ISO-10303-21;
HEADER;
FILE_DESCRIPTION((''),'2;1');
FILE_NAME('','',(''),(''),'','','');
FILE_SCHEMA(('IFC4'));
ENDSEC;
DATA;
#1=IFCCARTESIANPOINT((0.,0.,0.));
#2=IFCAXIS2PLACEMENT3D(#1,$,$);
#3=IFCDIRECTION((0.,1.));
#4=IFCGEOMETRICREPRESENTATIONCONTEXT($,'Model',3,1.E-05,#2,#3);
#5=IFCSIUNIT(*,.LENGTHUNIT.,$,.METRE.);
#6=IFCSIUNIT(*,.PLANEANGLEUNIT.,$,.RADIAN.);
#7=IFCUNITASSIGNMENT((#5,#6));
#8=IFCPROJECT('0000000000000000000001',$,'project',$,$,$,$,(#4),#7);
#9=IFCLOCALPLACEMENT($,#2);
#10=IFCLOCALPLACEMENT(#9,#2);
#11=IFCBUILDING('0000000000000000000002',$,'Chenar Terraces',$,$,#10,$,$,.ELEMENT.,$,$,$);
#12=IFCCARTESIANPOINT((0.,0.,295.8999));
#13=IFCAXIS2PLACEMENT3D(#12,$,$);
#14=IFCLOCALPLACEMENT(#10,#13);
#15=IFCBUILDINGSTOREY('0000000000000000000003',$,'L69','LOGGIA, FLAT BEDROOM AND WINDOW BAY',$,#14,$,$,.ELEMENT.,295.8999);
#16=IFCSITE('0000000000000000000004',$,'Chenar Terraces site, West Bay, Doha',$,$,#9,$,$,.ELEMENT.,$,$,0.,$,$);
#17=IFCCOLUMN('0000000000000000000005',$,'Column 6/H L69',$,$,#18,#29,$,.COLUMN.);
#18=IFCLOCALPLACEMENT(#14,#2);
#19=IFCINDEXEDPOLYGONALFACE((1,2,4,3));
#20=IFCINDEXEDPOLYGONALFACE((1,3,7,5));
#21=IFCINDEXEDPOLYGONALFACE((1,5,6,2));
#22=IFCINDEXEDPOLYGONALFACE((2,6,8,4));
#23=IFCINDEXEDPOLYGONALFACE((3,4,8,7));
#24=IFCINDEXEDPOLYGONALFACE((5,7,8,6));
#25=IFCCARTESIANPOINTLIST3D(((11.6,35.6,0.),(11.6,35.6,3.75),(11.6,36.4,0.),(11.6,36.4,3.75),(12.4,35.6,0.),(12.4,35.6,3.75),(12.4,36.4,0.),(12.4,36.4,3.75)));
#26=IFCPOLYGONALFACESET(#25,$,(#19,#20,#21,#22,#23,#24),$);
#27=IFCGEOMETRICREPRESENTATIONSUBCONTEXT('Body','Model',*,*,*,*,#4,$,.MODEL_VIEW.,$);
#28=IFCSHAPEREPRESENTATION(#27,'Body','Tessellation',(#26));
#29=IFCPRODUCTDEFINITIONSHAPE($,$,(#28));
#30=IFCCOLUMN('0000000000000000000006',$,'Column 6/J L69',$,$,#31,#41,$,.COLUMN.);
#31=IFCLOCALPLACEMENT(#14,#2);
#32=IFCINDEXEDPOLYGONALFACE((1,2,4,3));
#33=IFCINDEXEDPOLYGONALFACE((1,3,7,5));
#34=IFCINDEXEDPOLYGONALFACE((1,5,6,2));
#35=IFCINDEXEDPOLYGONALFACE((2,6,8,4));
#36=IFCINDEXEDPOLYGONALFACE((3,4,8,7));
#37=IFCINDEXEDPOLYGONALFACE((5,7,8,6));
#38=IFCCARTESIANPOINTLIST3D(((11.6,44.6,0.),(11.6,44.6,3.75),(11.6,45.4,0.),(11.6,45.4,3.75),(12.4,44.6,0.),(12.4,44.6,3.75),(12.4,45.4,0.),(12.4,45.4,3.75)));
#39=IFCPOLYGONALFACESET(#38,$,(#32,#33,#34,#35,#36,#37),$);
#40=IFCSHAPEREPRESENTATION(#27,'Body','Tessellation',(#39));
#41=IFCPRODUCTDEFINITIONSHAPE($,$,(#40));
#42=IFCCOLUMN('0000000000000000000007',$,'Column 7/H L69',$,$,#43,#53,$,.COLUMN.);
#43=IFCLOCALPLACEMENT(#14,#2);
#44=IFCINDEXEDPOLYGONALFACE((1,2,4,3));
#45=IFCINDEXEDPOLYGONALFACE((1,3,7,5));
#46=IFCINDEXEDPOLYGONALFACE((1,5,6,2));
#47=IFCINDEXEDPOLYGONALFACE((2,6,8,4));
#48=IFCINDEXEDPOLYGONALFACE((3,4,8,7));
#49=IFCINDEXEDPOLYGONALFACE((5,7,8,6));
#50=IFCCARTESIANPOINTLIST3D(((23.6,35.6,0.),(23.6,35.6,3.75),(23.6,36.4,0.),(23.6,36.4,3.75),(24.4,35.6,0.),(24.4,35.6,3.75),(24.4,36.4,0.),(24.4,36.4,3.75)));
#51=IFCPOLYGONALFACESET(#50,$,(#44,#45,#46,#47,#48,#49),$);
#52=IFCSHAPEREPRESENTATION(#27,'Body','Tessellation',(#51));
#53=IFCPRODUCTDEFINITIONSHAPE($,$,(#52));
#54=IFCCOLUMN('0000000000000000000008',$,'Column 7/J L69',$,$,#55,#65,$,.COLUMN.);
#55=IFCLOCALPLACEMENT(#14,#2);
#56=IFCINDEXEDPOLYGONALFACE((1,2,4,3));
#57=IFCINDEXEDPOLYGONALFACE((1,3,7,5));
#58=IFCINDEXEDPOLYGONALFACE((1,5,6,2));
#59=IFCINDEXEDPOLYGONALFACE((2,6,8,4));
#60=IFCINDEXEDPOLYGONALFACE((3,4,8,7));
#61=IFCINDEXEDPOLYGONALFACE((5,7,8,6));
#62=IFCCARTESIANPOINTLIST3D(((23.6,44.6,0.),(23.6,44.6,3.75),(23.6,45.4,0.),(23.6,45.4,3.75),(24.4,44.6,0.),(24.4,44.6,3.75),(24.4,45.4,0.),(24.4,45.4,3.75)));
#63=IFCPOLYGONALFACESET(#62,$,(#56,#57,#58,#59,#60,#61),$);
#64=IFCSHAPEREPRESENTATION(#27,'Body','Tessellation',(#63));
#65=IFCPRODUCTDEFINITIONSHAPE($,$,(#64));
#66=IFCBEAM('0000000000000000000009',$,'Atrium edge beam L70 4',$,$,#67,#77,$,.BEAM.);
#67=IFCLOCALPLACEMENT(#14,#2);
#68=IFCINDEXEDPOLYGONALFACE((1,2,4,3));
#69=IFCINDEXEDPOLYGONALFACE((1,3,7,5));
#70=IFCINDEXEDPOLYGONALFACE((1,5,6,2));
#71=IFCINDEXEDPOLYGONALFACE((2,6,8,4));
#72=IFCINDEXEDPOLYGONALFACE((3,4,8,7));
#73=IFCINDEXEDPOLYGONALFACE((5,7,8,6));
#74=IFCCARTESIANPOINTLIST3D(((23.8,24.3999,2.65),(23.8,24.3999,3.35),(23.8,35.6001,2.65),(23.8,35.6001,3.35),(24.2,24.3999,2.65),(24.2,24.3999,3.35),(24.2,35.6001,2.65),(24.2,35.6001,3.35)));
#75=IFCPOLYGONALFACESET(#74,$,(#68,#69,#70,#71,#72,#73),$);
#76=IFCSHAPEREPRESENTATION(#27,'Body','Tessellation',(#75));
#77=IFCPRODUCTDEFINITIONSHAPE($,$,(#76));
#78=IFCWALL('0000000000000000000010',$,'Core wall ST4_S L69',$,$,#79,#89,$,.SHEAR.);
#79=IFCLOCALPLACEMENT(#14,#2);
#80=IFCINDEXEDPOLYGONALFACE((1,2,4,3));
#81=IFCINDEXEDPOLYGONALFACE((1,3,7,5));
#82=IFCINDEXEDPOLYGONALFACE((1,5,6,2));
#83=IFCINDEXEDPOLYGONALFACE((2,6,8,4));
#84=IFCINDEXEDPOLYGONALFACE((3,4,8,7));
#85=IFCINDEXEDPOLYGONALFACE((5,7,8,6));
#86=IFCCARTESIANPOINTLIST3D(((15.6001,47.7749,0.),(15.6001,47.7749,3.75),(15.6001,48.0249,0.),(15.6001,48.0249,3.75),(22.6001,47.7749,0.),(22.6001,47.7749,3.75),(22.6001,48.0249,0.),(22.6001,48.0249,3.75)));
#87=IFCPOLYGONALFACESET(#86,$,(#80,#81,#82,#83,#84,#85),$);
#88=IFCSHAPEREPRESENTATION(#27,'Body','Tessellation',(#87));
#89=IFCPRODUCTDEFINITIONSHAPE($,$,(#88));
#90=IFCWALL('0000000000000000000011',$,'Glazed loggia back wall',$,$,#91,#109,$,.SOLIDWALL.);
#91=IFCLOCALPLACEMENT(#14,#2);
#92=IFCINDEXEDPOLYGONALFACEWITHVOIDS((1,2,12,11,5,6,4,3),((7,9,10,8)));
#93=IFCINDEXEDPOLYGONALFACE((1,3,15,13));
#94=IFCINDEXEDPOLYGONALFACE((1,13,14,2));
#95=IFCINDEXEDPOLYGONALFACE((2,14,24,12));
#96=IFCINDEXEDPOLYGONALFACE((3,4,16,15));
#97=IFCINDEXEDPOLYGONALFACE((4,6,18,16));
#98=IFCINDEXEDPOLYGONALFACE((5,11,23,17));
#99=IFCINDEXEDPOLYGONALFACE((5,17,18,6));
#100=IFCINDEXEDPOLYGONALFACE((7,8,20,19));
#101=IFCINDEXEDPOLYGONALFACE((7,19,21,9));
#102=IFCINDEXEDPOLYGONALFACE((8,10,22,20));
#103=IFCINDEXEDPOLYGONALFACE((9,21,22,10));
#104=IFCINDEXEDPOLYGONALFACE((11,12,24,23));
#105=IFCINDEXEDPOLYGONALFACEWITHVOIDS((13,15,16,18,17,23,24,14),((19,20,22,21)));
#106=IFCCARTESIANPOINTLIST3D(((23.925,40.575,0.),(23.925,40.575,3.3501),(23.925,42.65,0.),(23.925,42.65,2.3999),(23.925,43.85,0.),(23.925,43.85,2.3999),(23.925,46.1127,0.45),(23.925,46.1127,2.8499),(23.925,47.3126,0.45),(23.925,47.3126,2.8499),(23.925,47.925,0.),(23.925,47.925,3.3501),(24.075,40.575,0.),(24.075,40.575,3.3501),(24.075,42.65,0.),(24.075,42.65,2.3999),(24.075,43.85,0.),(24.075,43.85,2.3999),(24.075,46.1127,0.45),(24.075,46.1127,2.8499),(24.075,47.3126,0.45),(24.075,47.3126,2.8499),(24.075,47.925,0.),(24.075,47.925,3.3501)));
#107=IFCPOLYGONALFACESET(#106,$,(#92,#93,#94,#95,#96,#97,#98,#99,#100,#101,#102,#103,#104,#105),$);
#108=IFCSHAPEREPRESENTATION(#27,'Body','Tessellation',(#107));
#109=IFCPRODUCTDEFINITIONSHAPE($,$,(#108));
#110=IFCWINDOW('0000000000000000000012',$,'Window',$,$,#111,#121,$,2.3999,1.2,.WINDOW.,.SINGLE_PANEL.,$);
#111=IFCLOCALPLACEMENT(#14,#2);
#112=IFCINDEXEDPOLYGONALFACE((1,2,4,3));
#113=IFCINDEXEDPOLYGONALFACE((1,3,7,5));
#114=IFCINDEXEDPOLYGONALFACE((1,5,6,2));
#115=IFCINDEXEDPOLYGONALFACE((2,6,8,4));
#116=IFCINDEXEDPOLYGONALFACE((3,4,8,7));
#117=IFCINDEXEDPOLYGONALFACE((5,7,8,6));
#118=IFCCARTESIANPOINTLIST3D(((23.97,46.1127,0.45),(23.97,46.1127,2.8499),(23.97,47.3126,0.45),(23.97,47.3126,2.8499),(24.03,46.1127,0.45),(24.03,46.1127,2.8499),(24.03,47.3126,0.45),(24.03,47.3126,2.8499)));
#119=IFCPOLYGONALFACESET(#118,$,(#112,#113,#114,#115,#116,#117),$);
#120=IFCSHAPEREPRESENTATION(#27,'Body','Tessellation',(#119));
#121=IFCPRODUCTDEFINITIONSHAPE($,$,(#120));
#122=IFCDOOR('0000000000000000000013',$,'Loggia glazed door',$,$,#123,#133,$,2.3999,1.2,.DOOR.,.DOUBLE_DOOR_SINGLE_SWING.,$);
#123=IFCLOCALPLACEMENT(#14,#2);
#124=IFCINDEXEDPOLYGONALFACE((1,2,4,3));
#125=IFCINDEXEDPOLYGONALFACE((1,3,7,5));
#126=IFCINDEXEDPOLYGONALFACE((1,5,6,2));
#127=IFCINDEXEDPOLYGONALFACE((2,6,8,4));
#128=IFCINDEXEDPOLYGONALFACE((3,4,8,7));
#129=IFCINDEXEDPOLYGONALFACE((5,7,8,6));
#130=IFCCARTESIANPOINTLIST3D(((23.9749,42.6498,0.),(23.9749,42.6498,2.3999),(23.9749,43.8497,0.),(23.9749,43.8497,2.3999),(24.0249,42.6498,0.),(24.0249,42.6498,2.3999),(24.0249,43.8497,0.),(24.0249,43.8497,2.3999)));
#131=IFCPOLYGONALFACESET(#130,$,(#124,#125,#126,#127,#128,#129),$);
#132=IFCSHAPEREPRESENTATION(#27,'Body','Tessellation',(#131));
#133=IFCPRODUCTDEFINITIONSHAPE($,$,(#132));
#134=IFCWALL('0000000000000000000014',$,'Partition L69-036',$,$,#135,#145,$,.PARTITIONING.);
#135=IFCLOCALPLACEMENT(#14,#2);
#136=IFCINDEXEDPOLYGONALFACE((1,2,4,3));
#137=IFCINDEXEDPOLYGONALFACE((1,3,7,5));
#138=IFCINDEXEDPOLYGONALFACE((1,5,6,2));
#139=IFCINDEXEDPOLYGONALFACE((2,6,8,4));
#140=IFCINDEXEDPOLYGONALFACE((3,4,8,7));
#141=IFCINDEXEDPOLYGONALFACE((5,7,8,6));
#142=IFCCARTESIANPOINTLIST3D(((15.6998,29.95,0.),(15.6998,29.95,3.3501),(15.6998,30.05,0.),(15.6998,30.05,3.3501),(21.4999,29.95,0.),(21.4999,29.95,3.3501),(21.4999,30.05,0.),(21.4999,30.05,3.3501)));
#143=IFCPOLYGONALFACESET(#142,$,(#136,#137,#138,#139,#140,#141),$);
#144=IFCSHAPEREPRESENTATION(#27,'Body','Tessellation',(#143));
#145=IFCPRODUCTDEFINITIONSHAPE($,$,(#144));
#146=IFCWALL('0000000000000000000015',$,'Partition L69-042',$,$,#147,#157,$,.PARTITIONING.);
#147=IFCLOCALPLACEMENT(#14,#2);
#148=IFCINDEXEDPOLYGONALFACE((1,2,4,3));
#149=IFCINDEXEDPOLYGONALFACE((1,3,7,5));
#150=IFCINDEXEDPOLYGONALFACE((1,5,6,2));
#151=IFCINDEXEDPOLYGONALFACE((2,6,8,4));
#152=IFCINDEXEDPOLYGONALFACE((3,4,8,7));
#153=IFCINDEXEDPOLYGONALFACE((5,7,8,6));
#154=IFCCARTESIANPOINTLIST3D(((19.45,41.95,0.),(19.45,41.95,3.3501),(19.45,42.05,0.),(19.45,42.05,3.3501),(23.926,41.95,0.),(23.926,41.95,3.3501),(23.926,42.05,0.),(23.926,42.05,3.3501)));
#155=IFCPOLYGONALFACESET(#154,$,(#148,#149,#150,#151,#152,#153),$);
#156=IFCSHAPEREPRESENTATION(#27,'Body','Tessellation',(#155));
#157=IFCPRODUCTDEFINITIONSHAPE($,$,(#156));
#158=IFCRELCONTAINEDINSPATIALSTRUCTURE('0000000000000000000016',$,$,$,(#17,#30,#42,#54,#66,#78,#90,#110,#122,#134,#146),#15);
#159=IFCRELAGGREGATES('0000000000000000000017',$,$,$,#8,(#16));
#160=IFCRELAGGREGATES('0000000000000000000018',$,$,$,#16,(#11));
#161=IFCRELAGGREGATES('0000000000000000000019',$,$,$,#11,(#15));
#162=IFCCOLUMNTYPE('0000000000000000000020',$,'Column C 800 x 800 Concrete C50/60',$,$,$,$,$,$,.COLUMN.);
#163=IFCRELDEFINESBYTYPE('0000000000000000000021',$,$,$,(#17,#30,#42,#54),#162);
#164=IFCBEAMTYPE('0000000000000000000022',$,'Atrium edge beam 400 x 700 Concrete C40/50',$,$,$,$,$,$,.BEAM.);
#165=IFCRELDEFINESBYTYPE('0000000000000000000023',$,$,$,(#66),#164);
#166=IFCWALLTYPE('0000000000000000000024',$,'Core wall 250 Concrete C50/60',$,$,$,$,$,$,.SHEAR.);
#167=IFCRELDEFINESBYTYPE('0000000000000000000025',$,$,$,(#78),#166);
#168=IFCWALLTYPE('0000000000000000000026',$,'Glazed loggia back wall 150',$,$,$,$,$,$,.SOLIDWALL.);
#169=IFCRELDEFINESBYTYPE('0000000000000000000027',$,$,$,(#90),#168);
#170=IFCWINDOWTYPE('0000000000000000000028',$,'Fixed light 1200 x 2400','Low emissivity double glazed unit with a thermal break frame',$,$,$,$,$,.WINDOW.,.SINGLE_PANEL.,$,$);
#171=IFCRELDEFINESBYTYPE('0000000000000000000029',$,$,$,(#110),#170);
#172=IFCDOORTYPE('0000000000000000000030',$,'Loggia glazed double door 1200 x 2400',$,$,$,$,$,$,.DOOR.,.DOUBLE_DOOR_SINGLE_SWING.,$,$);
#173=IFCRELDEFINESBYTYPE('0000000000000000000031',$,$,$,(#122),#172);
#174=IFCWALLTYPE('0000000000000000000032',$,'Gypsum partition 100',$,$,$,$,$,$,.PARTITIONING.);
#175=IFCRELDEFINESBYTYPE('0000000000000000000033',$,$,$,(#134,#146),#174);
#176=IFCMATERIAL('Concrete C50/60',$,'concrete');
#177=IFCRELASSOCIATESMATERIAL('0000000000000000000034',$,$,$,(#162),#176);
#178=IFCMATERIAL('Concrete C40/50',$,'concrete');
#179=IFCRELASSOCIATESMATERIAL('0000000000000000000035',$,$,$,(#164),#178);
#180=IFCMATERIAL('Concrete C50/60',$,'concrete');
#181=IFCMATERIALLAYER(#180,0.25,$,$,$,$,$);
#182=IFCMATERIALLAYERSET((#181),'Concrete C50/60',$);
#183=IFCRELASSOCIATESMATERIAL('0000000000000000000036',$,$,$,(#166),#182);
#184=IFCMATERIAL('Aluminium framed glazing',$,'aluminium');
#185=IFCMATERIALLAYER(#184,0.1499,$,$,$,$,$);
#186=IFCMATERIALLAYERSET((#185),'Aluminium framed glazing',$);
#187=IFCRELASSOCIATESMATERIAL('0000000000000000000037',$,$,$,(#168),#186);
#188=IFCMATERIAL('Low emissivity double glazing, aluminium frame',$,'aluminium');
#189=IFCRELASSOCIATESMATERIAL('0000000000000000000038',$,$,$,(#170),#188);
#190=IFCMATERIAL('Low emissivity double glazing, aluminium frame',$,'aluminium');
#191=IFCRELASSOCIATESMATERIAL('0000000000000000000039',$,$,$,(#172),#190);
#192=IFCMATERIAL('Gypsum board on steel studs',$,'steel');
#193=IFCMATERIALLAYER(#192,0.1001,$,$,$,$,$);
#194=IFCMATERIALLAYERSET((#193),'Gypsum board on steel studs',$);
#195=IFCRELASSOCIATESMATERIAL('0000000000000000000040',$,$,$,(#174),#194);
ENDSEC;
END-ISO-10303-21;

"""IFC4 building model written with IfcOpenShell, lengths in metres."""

from ifc_helpers import new_model, si_unit, direction, frame, frame_2d, origin, origin_2d, place, context, subcontext, project, spatial, rectangle, extrude, material, layer, layer_set, material_profile, profile_set, type_object, element, fill, save


model = new_model("IFC4")

# Units and contexts
model_context = context("Model", 3, precision=1e-05, world=origin(), true_north=direction((0.0, 1.0)))
body_context = subcontext(model_context, "Body", "Model", "MODEL_VIEW")
ifc_project = project(units=[si_unit("LENGTHUNIT", "METRE"), si_unit("PLANEANGLEUNIT", "RADIAN")], contexts=[model_context])

# Site, building, storey
site_placement = place(None, origin())
site = spatial("IfcSite", under=ifc_project, at=site_placement, Name="Chenar Terraces site, West Bay, Doha", CompositionType="ELEMENT", RefElevation=0.0)
building_placement = place(site_placement, origin())
building = spatial("IfcBuilding", under=site, at=building_placement, Name="Chenar Terraces", CompositionType="ELEMENT")
storey_placement = place(building_placement, frame((0.0, 0.0, 295.8999)))
storey = spatial("IfcBuildingStorey", under=building, at=storey_placement, Name="L69", Description="LOGGIA, FLAT BEDROOM AND WINDOW BAY", CompositionType="ELEMENT", Elevation=295.8999)

# Columns
ifc_material_1 = material(Name="Concrete C50/60", Category="concrete")
ifc_material_profile_1 = material_profile(ifc_material_1, rectangle(XDim=0.8, YDim=0.8, at=origin_2d()), Name="C 800 x 800")
ifc_profile_set_1 = profile_set([ifc_material_profile_1], Name="Concrete C50/60")
column_type = type_object("IfcColumnType", Name="Column C 800 x 800 Concrete C50/60", PredefinedType="COLUMN", material=ifc_profile_set_1)
for number, where, z_axis, x_axis, name in (
    (1, (12.0, 36.0, 0.0), (0.0, 0.0, 1.0), (1.0, 0.0, 0.0), "Column 6/H L69"),
    (2, (12.0, 45.0, 0.0), (0.0, 0.0, 1.0), (1.0, 0.0, 0.0), "Column 6/J L69"),
    (3, (24.0, 36.0, 0.0), (0.0, 0.0, 1.0), (1.0, 0.0, 0.0), "Column 7/H L69"),
    (4, (24.0, 45.0, 0.0), (0.0, 0.0, 1.0), (1.0, 0.0, 0.0), "Column 7/J L69"),
):
    element("IfcColumn", number, at=place(storey_placement, frame(where, z_axis=z_axis, x_axis=x_axis)), inside=storey, type_object=column_type, Name=name, PredefinedType="COLUMN", context=body_context, shape_type="SweptSolid", body=[
        extrude(rectangle(XDim=0.8, YDim=0.8, at=origin_2d()), origin(), (0.0, 0.0, 1.0), 3.75),
    ])

# Beam
ifc_material_2 = material(Name="Concrete C40/50", Category="concrete")
ifc_material_profile_2 = material_profile(ifc_material_2, rectangle(XDim=0.3999, YDim=0.7, at=origin_2d()), Name="RC 400 x 700")
ifc_profile_set_2 = profile_set([ifc_material_profile_2], Name="Concrete C40/50")
beam_type = type_object("IfcBeamType", Name="Atrium edge beam 400 x 700 Concrete C40/50", PredefinedType="BEAM", material=ifc_profile_set_2)
beam_placement = place(storey_placement, frame((24.0, 35.6001, 3.0), z_axis=(0.0, -1.0, 0.0), x_axis=(1.0, 0.0, 0.0)))
element("IfcBeam", 5, at=beam_placement, inside=storey, type_object=beam_type, Name="Atrium edge beam L70 4", PredefinedType="BEAM", context=body_context, shape_type="SweptSolid", body=[
    extrude(rectangle(XDim=0.3999, YDim=0.7, at=origin_2d()), origin(), (0.0, 0.0, 1.0), 11.2002),
])

# Wall
ifc_material_3 = material(Name="Concrete C50/60", Category="concrete")
ifc_layer_1 = layer(ifc_material_3, 0.25)
ifc_layer_set_1 = layer_set([ifc_layer_1], Name="Concrete C50/60")
wall_type_1 = type_object("IfcWallType", Name="Core wall 250 Concrete C50/60", PredefinedType="SHEAR", material=ifc_layer_set_1)
wall_1_placement = place(storey_placement, frame((15.6001, 47.8999, 0.0), z_axis=(0.0, 0.0, 1.0), x_axis=(1.0, 0.0, 0.0)))
element("IfcWall", 6, at=wall_1_placement, inside=storey, type_object=wall_type_1, Name="Core wall ST4_S L69", PredefinedType="SHEAR", context=body_context, shape_type="SweptSolid", body=[
    extrude(rectangle(XDim=7.0, YDim=0.25, at=frame_2d((3.5, 0.0))), origin(), (0.0, 0.0, 1.0), 3.75),
])

# Wall, openings, window, door
ifc_material_4 = material(Name="Aluminium framed glazing", Category="aluminium")
ifc_layer_2 = layer(ifc_material_4, 0.1499)
ifc_layer_set_2 = layer_set([ifc_layer_2], Name="Aluminium framed glazing")
wall_type_2 = type_object("IfcWallType", Name="Glazed loggia back wall 150", PredefinedType="SOLIDWALL", material=ifc_layer_set_2)
wall_2_placement = place(storey_placement, frame((24.0, 40.575, 0.0), z_axis=(0.0, 0.0, 1.0), x_axis=(0.0, 1.0, 0.0)))
wall_2 = element("IfcWall", 7, at=wall_2_placement, inside=storey, type_object=wall_type_2, Name="Glazed loggia back wall", PredefinedType="SOLIDWALL", context=body_context, shape_type="SweptSolid", body=[
    extrude(rectangle(XDim=7.3501, YDim=0.1499, at=frame_2d((3.675, 0.0))), origin(), (0.0, 0.0, 1.0), 3.3501),
])
opening_1_placement = place(wall_2_placement, frame((2.075, 0.0, 0.0)))
opening_1 = element("IfcOpeningElement", 8, at=opening_1_placement, cuts=wall_2, PredefinedType="OPENING", context=body_context, shape_type="SweptSolid", body=[
    extrude(rectangle(XDim=1.2, YDim=2.3999, at=frame_2d((0.6001, 1.2))), frame((0.0, 0.085, 0.0), z_axis=(0.0, -1.0, 0.0), x_axis=(1.0, 0.0, 0.0)), (0.0, 0.0, 1.0), 0.1699),
])
opening_2_placement = place(wall_2_placement, frame((5.5376, 0.0, 0.45)))
opening_2 = element("IfcOpeningElement", 9, at=opening_2_placement, cuts=wall_2, PredefinedType="OPENING", context=body_context, shape_type="SweptSolid", body=[
    extrude(rectangle(XDim=1.2, YDim=2.3999, at=frame_2d((0.6001, 1.2))), frame((0.0, 0.085, 0.0), z_axis=(0.0, -1.0, 0.0), x_axis=(1.0, 0.0, 0.0)), (0.0, 0.0, 1.0), 0.1699),
])
ifc_material_5 = material(Name="Low emissivity double glazing, aluminium frame", Category="aluminium")
window_type = type_object("IfcWindowType", Name="Fixed light 1200 x 2400", Description="Low emissivity double glazed unit with a thermal break frame", PartitioningType="SINGLE_PANEL", PredefinedType="WINDOW", material=ifc_material_5)
window_placement = place(opening_2_placement, origin())
window = element("IfcWindow", 10, at=window_placement, inside=storey, type_object=window_type, Name="Window", OverallHeight=2.3999, OverallWidth=1.2, PartitioningType="SINGLE_PANEL", PredefinedType="WINDOW", context=body_context, shape_type="SweptSolid", body=[
    extrude(rectangle(XDim=1.2, YDim=2.3999, at=frame_2d((0.6001, 1.2))), frame((0.0, 0.03, 0.0), z_axis=(0.0, -1.0, 0.0), x_axis=(1.0, 0.0, 0.0)), (0.0, 0.0, 1.0), 0.0601),
])
fill(opening_2, window)
ifc_material_6 = material(Name="Low emissivity double glazing, aluminium frame", Category="aluminium")
door_type_1 = type_object("IfcDoorType", Name="Loggia glazed double door 1200 x 2400", OperationType="DOUBLE_DOOR_SINGLE_SWING", PredefinedType="DOOR", material=ifc_material_6)
door_1_placement = place(opening_1_placement, frame((1.2, 0.0, 0.0), z_axis=(0.0, 0.0, 1.0), x_axis=(-1.0, 0.0, 0.0)))
door_1 = element("IfcDoor", 11, at=door_1_placement, inside=storey, type_object=door_type_1, Name="Loggia glazed door", OperationType="DOUBLE_DOOR_SINGLE_SWING", OverallHeight=2.3999, OverallWidth=1.2, PredefinedType="DOOR", context=body_context, shape_type="SweptSolid", body=[
    extrude(rectangle(XDim=1.2, YDim=2.3999, at=frame_2d((0.6001, 1.2))), frame((0.0, 0.0249, 0.0), z_axis=(0.0, -1.0, 0.0), x_axis=(1.0, 0.0, 0.0)), (0.0, 0.0, 1.0), 0.05),
])
fill(opening_1, door_1)

# Walls
ifc_material_7 = material(Name="Gypsum board on steel studs", Category="steel")
ifc_layer_3 = layer(ifc_material_7, 0.1001)
ifc_layer_set_3 = layer_set([ifc_layer_3], Name="Gypsum board on steel studs")
wall_type_3 = type_object("IfcWallType", Name="Gypsum partition 100", PredefinedType="PARTITIONING", material=ifc_layer_set_3)
wall_3_placement = place(storey_placement, frame((15.7, 30.0, 0.0), z_axis=(0.0, 0.0, 1.0), x_axis=(1.0, 0.0, 0.0)))
element("IfcWall", 12, at=wall_3_placement, inside=storey, type_object=wall_type_3, Name="Partition L69-036", PredefinedType="PARTITIONING", context=body_context, shape_type="SweptSolid", body=[
    extrude(rectangle(XDim=5.8, YDim=0.1001, at=frame_2d((2.8999, 0.0))), origin(), (0.0, 0.0, 1.0), 3.3501),
])
wall_4_placement = place(storey_placement, frame((19.45, 42.0, 0.0), z_axis=(0.0, 0.0, 1.0), x_axis=(1.0, 0.0, 0.0)))
element("IfcWall", 13, at=wall_4_placement, inside=storey, type_object=wall_type_3, Name="Partition L69-042", PredefinedType="PARTITIONING", context=body_context, shape_type="SweptSolid", body=[
    extrude(rectangle(XDim=4.4761, YDim=0.1001, at=frame_2d((2.238, 0.0))), origin(), (0.0, 0.0, 1.0), 3.3501),
])

save(model, "model.ifc")
